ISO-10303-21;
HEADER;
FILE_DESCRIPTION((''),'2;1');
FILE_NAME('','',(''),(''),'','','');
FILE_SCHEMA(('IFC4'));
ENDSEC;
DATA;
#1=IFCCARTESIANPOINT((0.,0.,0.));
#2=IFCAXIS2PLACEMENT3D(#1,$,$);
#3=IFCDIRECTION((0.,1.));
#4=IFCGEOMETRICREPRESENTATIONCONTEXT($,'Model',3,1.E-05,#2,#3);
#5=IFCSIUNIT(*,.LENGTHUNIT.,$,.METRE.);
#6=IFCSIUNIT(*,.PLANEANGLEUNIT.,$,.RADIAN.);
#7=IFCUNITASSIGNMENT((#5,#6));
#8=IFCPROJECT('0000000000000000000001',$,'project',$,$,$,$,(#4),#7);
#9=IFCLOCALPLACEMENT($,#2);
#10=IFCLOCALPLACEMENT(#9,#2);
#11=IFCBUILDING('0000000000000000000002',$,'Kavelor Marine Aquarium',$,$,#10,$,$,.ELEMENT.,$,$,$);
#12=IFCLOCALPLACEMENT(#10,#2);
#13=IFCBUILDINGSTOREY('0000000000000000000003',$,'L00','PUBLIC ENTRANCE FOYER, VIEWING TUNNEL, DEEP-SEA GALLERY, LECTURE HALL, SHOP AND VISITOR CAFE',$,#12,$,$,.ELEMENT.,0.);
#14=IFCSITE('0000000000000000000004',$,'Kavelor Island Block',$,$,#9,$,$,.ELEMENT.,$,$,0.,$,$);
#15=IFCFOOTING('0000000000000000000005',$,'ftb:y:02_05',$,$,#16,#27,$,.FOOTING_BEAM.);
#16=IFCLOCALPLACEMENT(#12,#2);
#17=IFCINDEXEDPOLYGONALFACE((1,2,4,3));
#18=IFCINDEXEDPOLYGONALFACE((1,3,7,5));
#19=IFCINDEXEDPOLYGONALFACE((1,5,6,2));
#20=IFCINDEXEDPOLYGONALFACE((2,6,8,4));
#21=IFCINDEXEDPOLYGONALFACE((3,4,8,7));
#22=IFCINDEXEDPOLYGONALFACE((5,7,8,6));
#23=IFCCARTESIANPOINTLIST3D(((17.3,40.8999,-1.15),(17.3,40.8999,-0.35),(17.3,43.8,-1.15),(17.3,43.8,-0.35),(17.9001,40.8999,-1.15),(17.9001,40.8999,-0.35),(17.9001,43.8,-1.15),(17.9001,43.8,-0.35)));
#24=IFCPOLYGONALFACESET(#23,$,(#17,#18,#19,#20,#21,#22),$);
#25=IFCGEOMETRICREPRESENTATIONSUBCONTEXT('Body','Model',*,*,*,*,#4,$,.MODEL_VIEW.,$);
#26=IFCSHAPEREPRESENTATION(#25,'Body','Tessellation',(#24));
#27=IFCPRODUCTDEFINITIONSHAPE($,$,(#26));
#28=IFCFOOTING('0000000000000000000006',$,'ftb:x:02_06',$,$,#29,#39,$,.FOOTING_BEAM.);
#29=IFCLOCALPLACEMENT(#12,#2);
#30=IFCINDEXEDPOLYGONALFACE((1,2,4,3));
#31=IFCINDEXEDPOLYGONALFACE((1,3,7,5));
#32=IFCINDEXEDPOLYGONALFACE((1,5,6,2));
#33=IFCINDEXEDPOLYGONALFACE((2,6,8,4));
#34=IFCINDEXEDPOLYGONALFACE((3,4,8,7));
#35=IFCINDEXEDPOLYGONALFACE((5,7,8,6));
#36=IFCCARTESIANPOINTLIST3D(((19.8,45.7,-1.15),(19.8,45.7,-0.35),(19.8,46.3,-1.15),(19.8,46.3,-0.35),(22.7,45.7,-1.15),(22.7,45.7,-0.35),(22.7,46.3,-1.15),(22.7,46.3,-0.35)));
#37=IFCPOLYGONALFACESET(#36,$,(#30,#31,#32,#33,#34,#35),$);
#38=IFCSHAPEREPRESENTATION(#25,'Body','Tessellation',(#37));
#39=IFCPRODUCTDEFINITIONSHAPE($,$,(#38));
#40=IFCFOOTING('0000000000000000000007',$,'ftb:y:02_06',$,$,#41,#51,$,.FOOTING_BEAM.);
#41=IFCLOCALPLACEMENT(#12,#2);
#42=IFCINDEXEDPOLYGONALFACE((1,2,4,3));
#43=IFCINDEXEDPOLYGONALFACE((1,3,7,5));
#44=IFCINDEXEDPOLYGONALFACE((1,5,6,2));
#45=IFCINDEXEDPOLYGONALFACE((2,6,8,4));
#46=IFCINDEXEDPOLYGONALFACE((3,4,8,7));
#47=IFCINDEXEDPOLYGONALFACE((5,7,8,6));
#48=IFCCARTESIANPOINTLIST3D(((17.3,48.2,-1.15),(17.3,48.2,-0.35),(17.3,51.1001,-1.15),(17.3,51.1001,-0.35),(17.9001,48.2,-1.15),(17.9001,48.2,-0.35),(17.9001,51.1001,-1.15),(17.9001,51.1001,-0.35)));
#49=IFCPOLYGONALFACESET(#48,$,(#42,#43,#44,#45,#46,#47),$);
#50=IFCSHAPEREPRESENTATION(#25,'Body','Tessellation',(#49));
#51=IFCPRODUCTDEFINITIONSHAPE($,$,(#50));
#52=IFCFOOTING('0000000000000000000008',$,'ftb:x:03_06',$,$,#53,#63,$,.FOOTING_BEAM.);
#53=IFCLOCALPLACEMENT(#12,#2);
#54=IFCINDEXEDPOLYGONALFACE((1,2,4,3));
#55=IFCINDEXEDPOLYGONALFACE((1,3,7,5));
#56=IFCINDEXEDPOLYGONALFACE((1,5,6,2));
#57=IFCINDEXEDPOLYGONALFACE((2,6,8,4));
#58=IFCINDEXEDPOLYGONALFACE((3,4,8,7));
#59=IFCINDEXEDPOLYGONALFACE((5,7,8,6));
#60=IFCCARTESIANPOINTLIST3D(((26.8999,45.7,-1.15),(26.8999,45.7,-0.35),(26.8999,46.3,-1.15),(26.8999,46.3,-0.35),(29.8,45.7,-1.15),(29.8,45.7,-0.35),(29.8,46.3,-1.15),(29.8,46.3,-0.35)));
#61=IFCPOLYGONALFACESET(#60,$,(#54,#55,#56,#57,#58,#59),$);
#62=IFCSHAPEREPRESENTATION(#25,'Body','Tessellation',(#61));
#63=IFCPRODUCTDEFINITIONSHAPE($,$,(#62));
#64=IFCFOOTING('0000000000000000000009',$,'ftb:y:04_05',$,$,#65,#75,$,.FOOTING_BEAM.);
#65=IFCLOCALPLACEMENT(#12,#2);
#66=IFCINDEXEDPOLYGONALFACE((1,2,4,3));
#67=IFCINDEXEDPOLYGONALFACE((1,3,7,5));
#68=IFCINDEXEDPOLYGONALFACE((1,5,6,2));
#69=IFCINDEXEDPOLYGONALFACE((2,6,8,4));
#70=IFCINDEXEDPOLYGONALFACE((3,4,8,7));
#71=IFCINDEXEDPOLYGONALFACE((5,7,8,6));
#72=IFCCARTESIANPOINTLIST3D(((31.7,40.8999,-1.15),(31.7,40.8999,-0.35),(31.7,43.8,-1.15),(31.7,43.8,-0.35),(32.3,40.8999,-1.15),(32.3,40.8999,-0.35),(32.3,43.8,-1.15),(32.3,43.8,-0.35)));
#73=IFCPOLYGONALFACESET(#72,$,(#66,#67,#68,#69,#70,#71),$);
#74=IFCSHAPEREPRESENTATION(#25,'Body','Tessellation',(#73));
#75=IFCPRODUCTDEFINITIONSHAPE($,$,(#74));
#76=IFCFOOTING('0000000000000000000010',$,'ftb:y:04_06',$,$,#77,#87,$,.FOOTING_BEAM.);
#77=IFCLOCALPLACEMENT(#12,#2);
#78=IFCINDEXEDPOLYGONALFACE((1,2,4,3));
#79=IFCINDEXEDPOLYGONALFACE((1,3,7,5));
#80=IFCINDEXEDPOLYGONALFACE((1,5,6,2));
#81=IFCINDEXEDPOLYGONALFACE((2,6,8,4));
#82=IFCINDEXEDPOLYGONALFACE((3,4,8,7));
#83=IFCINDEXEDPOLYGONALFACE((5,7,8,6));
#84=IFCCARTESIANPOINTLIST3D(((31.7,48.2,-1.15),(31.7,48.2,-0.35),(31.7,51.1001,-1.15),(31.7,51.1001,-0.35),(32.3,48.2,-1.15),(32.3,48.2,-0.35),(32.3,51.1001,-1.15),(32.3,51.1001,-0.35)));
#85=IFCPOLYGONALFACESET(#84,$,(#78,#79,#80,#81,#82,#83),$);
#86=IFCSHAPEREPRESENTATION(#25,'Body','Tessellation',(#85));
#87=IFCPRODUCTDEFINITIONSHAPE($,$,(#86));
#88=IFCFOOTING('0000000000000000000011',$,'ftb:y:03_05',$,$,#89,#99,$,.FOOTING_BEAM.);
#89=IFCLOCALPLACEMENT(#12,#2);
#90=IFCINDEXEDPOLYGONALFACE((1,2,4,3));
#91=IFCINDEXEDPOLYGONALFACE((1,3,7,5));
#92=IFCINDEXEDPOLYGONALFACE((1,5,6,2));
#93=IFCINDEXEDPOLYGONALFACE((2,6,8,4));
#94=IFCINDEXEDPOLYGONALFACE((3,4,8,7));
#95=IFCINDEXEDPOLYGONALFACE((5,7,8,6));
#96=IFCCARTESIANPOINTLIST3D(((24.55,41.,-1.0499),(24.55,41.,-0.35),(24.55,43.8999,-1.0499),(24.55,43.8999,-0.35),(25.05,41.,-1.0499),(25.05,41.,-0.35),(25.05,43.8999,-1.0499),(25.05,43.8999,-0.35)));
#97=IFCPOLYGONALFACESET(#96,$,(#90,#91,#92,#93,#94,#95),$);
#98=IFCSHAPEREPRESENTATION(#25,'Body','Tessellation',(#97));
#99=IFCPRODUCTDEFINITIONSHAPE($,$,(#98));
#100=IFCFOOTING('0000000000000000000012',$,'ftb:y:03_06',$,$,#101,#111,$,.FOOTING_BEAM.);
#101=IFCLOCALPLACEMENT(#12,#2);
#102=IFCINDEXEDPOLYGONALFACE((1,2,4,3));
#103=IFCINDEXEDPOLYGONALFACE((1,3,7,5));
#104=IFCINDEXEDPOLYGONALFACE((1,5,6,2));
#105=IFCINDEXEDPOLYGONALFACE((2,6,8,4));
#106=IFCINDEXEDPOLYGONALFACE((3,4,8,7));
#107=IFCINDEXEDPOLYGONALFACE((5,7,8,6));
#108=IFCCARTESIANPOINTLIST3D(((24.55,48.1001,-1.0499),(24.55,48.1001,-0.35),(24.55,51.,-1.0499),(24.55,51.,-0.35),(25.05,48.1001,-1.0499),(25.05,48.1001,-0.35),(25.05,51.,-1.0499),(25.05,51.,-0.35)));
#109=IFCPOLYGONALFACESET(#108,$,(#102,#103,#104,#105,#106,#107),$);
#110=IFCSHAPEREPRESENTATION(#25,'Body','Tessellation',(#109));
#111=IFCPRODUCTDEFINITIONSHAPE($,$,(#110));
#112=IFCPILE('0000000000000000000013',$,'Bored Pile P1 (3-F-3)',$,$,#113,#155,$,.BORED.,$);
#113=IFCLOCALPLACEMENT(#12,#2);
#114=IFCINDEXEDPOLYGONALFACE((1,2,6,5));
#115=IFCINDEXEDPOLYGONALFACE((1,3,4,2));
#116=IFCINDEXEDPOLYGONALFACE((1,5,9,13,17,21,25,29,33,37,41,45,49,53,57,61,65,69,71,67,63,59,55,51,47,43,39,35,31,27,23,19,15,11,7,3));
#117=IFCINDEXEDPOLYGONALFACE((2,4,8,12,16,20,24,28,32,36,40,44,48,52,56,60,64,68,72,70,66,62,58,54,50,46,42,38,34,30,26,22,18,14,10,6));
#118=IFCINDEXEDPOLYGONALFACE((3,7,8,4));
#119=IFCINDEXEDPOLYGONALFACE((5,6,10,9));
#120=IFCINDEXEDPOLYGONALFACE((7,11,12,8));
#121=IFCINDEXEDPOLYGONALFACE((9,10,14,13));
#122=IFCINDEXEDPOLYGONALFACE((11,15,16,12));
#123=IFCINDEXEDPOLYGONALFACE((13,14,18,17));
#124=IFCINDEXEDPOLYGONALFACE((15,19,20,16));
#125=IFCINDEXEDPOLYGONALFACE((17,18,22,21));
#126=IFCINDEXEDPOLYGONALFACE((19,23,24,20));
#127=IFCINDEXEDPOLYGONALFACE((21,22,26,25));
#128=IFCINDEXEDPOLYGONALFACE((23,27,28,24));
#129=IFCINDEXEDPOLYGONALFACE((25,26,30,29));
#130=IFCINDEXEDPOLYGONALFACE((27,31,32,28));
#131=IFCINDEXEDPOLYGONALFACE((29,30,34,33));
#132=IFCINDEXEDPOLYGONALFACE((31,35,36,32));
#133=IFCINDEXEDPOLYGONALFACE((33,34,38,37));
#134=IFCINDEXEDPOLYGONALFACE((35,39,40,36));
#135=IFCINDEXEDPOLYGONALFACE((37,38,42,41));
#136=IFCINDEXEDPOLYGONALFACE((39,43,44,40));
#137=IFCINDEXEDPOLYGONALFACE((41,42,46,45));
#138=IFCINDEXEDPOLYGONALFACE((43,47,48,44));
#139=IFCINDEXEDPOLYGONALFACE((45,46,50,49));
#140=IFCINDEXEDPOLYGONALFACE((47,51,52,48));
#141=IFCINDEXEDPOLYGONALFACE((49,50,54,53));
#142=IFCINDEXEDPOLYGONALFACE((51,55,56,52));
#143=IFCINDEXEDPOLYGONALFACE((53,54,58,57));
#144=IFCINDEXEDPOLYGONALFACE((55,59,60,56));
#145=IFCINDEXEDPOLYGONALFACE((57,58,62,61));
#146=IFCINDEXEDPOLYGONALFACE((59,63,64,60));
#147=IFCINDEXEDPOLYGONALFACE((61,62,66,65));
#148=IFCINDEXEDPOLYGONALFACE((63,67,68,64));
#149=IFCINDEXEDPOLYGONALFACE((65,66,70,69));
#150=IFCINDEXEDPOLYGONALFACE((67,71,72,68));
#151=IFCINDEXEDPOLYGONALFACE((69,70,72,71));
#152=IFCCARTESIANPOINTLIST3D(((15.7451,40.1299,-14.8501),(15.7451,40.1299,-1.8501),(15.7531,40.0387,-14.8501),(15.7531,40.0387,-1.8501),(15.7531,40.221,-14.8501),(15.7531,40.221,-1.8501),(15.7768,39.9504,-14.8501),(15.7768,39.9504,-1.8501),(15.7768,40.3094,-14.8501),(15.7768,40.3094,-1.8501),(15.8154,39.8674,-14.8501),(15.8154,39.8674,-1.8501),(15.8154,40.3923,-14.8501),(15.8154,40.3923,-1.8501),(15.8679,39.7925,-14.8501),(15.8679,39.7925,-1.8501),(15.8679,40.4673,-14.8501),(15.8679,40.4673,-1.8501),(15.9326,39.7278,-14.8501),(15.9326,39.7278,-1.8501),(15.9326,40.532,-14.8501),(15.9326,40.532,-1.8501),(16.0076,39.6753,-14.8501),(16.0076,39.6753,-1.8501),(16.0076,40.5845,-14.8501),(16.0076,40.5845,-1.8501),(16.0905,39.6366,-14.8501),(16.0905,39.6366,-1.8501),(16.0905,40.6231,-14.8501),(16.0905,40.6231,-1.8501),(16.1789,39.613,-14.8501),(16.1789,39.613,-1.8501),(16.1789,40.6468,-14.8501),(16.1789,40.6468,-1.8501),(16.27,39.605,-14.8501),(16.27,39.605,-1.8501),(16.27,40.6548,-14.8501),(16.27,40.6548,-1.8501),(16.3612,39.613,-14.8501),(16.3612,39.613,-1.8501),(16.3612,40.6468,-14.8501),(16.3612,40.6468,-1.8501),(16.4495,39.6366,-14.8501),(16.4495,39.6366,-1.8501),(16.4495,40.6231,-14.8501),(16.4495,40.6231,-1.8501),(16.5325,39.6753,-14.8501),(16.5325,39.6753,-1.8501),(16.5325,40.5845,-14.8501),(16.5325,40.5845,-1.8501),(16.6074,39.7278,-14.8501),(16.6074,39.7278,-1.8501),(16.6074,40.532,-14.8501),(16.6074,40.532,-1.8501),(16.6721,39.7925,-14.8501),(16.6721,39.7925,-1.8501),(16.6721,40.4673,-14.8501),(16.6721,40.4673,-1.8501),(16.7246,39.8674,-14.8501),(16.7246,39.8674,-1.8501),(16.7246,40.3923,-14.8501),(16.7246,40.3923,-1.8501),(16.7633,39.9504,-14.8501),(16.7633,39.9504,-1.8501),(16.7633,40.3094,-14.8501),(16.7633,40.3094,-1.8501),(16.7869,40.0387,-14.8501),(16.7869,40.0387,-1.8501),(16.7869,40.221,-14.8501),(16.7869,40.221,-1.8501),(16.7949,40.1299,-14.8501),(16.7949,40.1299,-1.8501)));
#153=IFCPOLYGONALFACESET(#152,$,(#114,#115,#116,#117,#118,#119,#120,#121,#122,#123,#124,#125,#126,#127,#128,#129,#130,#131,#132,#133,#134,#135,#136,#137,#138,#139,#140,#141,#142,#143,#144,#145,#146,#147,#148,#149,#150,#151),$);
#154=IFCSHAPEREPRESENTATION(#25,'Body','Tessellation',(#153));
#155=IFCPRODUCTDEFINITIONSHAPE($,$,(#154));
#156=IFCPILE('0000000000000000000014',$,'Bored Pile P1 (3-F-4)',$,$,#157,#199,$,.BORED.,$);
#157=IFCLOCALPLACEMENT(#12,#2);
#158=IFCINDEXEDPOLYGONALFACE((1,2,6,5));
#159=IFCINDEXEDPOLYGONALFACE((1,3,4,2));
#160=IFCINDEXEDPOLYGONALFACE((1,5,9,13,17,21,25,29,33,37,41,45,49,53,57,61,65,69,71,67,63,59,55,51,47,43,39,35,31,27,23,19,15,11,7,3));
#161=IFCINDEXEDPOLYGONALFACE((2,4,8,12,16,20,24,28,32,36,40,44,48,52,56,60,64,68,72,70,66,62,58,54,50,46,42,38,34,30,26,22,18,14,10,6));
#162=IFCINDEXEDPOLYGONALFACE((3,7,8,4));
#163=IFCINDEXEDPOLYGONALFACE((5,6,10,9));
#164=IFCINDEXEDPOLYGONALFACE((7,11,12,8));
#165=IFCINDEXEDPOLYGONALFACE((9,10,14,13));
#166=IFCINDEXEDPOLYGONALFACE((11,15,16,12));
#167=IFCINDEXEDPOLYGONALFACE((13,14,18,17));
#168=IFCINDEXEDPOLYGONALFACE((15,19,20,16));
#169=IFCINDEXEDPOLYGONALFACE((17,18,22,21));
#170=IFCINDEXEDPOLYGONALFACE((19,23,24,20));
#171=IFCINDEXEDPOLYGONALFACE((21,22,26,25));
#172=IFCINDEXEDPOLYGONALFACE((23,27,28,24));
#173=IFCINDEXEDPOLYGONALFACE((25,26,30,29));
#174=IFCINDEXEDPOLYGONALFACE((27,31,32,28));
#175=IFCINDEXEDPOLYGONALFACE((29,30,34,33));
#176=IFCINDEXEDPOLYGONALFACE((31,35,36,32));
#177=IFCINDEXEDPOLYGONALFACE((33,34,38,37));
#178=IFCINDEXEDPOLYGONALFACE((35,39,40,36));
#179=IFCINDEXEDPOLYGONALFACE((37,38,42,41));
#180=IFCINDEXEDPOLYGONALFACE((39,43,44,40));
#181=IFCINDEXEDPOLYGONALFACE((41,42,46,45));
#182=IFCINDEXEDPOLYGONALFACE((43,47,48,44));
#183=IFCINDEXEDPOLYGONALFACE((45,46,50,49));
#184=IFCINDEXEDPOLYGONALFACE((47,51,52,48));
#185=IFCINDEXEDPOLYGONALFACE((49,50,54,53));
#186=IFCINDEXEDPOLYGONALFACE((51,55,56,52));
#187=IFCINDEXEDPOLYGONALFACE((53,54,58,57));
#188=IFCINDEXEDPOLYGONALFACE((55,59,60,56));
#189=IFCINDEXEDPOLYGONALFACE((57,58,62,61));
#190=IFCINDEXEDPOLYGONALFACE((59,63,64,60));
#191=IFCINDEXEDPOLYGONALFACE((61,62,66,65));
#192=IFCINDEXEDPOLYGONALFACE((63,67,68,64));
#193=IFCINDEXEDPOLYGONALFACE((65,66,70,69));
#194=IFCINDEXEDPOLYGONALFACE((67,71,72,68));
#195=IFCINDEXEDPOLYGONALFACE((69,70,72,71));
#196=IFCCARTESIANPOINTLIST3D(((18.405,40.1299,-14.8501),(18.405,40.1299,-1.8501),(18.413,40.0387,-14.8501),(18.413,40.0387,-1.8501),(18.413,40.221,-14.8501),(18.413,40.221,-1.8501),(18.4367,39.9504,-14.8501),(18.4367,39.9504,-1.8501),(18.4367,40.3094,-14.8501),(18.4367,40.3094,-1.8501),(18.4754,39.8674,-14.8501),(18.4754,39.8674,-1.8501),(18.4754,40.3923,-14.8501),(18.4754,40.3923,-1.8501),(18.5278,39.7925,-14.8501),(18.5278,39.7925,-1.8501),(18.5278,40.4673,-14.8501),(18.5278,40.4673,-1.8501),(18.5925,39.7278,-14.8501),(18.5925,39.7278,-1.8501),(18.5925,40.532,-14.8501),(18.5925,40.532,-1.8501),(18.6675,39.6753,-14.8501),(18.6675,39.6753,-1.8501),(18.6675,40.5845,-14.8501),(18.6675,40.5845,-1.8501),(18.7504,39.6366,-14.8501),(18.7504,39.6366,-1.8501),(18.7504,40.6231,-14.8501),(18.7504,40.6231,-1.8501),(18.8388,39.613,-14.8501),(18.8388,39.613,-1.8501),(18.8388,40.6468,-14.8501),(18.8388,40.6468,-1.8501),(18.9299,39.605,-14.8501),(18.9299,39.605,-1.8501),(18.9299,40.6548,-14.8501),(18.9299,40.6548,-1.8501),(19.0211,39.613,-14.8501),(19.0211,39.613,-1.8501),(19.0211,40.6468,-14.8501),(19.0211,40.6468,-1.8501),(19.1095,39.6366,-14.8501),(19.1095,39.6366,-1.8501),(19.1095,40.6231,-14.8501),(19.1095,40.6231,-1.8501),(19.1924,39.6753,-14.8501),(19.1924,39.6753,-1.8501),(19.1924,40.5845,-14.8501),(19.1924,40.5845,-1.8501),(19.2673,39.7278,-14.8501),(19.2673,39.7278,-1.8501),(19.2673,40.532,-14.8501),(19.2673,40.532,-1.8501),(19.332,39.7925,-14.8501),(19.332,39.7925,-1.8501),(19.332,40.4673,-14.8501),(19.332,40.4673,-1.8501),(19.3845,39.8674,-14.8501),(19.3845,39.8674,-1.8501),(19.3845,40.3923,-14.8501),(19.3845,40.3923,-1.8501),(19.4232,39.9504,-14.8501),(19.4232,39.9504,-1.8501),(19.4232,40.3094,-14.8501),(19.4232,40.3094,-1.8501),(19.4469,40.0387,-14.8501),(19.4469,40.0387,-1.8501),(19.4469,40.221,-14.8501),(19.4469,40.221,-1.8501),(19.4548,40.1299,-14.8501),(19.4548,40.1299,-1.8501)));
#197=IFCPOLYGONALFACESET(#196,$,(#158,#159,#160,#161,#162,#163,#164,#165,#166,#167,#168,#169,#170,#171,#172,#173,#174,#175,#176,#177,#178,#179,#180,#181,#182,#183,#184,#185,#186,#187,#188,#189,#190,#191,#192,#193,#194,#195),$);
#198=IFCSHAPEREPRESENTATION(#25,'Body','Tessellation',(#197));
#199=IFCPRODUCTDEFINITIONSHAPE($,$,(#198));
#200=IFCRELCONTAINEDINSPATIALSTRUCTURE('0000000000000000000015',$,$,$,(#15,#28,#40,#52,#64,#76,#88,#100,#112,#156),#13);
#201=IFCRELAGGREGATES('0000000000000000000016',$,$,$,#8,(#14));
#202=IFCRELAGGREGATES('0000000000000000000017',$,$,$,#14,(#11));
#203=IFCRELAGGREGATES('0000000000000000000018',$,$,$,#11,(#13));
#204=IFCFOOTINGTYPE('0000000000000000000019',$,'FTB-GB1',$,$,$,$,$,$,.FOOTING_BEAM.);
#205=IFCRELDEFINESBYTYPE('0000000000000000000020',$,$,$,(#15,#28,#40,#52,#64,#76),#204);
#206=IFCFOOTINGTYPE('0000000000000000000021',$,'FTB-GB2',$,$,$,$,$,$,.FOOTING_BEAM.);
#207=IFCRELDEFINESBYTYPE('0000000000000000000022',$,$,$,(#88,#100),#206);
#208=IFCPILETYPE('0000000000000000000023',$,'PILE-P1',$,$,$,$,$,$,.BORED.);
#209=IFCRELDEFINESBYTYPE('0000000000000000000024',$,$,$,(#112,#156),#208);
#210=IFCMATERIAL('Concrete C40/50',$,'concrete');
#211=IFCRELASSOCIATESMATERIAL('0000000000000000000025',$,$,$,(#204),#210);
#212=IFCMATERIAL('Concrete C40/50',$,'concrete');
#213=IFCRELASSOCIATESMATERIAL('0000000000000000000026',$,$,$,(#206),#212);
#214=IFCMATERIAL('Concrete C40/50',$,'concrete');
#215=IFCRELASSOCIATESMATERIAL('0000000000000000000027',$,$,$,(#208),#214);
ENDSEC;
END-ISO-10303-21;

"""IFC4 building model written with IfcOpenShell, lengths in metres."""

from ifc_helpers import new_model, si_unit, direction, frame, origin, origin_2d, place, context, subcontext, project, spatial, rectangle, circle, extrude, material, material_profile, profile_set, type_object, element, save


model = new_model("IFC4")

# Units and contexts
model_context = context("Model", 3, precision=1e-05, world=origin(), true_north=direction((0.0, 1.0)))
body_context = subcontext(model_context, "Body", "Model", "MODEL_VIEW")
ifc_project = project(units=[si_unit("LENGTHUNIT", "METRE"), si_unit("PLANEANGLEUNIT", "RADIAN")], contexts=[model_context])

# Site, building, storey
site_placement = place(None, origin())
site = spatial("IfcSite", under=ifc_project, at=site_placement, Name="Kavelor Island Block", CompositionType="ELEMENT", RefElevation=0.0)
building_placement = place(site_placement, origin())
building = spatial("IfcBuilding", under=site, at=building_placement, Name="Kavelor Marine Aquarium", CompositionType="ELEMENT")
storey_placement = place(building_placement, origin())
storey = spatial("IfcBuildingStorey", under=building, at=storey_placement, Name="L00", Description="PUBLIC ENTRANCE FOYER, VIEWING TUNNEL, DEEP-SEA GALLERY, LECTURE HALL, SHOP AND VISITOR CAFE", CompositionType="ELEMENT", Elevation=0.0)

# Footings
ifc_material_1 = material(Name="Concrete C40/50", Category="concrete")
ifc_material_profile_1 = material_profile(ifc_material_1, rectangle(XDim=0.6001, YDim=0.8, at=origin_2d()), Name="GB 600x800")
ifc_profile_set_1 = profile_set([ifc_material_profile_1], Name="Concrete C40/50")
footing_type_1 = type_object("IfcFootingType", Name="FTB-GB1", PredefinedType="FOOTING_BEAM", material=ifc_profile_set_1)
footing_1_placement = place(storey_placement, frame((17.6001, 40.8999, -0.75), z_axis=(0.0, 1.0, 0.0), x_axis=(-1.0, 0.0, 0.0)))
element("IfcFooting", 1, at=footing_1_placement, inside=storey, type_object=footing_type_1, Name="ftb:y:02_05", PredefinedType="FOOTING_BEAM", context=body_context, shape_type="SweptSolid", body=[
    extrude(rectangle(XDim=0.6001, YDim=0.8, at=origin_2d()), origin(), (0.0, 0.0, 1.0), 2.9001),
])
footing_2_placement = place(storey_placement, frame((19.8, 46.0, -0.75), z_axis=(1.0, 0.0, 0.0), x_axis=(0.0, 1.0, 0.0)))
element("IfcFooting", 2, at=footing_2_placement, inside=storey, type_object=footing_type_1, Name="ftb:x:02_06", PredefinedType="FOOTING_BEAM", context=body_context, shape_type="SweptSolid", body=[
    extrude(rectangle(XDim=0.6001, YDim=0.8, at=origin_2d()), origin(), (0.0, 0.0, 1.0), 2.8999),
])
for number, where, z_axis, x_axis, name in (
    (3, (17.6001, 48.2, -0.75), (0.0, 1.0, 0.0), (-1.0, 0.0, 0.0), "ftb:y:02_06"),
    (4, (26.8999, 46.0, -0.75), (1.0, 0.0, 0.0), (0.0, 1.0, 0.0), "ftb:x:03_06"),
    (5, (32.0, 40.8999, -0.75), (0.0, 1.0, 0.0), (-1.0, 0.0, 0.0), "ftb:y:04_05"),
    (6, (32.0, 48.2, -0.75), (0.0, 1.0, 0.0), (-1.0, 0.0, 0.0), "ftb:y:04_06"),
):
    element("IfcFooting", number, at=place(storey_placement, frame(where, z_axis=z_axis, x_axis=x_axis)), inside=storey, type_object=footing_type_1, Name=name, PredefinedType="FOOTING_BEAM", context=body_context, shape_type="SweptSolid", body=[
        extrude(rectangle(XDim=0.6001, YDim=0.8, at=origin_2d()), origin(), (0.0, 0.0, 1.0), 2.9001),
    ])
ifc_material_2 = material(Name="Concrete C40/50", Category="concrete")
ifc_material_profile_2 = material_profile(ifc_material_2, rectangle(XDim=0.5, YDim=0.7, at=origin_2d()), Name="GB 500x700")
ifc_profile_set_2 = profile_set([ifc_material_profile_2], Name="Concrete C40/50")
footing_type_2 = type_object("IfcFootingType", Name="FTB-GB2", PredefinedType="FOOTING_BEAM", material=ifc_profile_set_2)
for number, where, z_axis, x_axis, name in (
    (7, (24.8, 41.0, -0.7), (0.0, 1.0, 0.0), (-1.0, 0.0, 0.0), "ftb:y:03_05"),
    (8, (24.8, 48.1001, -0.7), (0.0, 1.0, 0.0), (-1.0, 0.0, 0.0), "ftb:y:03_06"),
):
    element("IfcFooting", number, at=place(storey_placement, frame(where, z_axis=z_axis, x_axis=x_axis)), inside=storey, type_object=footing_type_2, Name=name, PredefinedType="FOOTING_BEAM", context=body_context, shape_type="SweptSolid", body=[
        extrude(rectangle(XDim=0.5, YDim=0.7, at=origin_2d()), origin(), (0.0, 0.0, 1.0), 2.8999),
    ])

# Piles
ifc_material_3 = material(Name="Concrete C40/50", Category="concrete")
ifc_material_profile_3 = material_profile(ifc_material_3, circle(Radius=0.5249, at=origin_2d()), Name="PILE D1050")
ifc_profile_set_3 = profile_set([ifc_material_profile_3], Name="Concrete C40/50")
pile_type = type_object("IfcPileType", Name="PILE-P1", PredefinedType="BORED", material=ifc_profile_set_3)
for number, where, z_axis, x_axis, name in (
    (9, (16.27, 40.1299, -1.8501), (0.0, 0.0, -1.0), (1.0, 0.0, 0.0), "Bored Pile P1 (3-F-3)"),
    (10, (18.9299, 40.1299, -1.8501), (0.0, 0.0, -1.0), (1.0, 0.0, 0.0), "Bored Pile P1 (3-F-4)"),
):
    element("IfcPile", number, at=place(storey_placement, frame(where, z_axis=z_axis, x_axis=x_axis)), inside=storey, type_object=pile_type, Name=name, PredefinedType="BORED", context=body_context, shape_type="SweptSolid", body=[
        extrude(circle(Radius=0.5249, at=origin_2d()), origin(), (0.0, 0.0, 1.0), 13.0),
    ])

save(model, "model.ifc")
